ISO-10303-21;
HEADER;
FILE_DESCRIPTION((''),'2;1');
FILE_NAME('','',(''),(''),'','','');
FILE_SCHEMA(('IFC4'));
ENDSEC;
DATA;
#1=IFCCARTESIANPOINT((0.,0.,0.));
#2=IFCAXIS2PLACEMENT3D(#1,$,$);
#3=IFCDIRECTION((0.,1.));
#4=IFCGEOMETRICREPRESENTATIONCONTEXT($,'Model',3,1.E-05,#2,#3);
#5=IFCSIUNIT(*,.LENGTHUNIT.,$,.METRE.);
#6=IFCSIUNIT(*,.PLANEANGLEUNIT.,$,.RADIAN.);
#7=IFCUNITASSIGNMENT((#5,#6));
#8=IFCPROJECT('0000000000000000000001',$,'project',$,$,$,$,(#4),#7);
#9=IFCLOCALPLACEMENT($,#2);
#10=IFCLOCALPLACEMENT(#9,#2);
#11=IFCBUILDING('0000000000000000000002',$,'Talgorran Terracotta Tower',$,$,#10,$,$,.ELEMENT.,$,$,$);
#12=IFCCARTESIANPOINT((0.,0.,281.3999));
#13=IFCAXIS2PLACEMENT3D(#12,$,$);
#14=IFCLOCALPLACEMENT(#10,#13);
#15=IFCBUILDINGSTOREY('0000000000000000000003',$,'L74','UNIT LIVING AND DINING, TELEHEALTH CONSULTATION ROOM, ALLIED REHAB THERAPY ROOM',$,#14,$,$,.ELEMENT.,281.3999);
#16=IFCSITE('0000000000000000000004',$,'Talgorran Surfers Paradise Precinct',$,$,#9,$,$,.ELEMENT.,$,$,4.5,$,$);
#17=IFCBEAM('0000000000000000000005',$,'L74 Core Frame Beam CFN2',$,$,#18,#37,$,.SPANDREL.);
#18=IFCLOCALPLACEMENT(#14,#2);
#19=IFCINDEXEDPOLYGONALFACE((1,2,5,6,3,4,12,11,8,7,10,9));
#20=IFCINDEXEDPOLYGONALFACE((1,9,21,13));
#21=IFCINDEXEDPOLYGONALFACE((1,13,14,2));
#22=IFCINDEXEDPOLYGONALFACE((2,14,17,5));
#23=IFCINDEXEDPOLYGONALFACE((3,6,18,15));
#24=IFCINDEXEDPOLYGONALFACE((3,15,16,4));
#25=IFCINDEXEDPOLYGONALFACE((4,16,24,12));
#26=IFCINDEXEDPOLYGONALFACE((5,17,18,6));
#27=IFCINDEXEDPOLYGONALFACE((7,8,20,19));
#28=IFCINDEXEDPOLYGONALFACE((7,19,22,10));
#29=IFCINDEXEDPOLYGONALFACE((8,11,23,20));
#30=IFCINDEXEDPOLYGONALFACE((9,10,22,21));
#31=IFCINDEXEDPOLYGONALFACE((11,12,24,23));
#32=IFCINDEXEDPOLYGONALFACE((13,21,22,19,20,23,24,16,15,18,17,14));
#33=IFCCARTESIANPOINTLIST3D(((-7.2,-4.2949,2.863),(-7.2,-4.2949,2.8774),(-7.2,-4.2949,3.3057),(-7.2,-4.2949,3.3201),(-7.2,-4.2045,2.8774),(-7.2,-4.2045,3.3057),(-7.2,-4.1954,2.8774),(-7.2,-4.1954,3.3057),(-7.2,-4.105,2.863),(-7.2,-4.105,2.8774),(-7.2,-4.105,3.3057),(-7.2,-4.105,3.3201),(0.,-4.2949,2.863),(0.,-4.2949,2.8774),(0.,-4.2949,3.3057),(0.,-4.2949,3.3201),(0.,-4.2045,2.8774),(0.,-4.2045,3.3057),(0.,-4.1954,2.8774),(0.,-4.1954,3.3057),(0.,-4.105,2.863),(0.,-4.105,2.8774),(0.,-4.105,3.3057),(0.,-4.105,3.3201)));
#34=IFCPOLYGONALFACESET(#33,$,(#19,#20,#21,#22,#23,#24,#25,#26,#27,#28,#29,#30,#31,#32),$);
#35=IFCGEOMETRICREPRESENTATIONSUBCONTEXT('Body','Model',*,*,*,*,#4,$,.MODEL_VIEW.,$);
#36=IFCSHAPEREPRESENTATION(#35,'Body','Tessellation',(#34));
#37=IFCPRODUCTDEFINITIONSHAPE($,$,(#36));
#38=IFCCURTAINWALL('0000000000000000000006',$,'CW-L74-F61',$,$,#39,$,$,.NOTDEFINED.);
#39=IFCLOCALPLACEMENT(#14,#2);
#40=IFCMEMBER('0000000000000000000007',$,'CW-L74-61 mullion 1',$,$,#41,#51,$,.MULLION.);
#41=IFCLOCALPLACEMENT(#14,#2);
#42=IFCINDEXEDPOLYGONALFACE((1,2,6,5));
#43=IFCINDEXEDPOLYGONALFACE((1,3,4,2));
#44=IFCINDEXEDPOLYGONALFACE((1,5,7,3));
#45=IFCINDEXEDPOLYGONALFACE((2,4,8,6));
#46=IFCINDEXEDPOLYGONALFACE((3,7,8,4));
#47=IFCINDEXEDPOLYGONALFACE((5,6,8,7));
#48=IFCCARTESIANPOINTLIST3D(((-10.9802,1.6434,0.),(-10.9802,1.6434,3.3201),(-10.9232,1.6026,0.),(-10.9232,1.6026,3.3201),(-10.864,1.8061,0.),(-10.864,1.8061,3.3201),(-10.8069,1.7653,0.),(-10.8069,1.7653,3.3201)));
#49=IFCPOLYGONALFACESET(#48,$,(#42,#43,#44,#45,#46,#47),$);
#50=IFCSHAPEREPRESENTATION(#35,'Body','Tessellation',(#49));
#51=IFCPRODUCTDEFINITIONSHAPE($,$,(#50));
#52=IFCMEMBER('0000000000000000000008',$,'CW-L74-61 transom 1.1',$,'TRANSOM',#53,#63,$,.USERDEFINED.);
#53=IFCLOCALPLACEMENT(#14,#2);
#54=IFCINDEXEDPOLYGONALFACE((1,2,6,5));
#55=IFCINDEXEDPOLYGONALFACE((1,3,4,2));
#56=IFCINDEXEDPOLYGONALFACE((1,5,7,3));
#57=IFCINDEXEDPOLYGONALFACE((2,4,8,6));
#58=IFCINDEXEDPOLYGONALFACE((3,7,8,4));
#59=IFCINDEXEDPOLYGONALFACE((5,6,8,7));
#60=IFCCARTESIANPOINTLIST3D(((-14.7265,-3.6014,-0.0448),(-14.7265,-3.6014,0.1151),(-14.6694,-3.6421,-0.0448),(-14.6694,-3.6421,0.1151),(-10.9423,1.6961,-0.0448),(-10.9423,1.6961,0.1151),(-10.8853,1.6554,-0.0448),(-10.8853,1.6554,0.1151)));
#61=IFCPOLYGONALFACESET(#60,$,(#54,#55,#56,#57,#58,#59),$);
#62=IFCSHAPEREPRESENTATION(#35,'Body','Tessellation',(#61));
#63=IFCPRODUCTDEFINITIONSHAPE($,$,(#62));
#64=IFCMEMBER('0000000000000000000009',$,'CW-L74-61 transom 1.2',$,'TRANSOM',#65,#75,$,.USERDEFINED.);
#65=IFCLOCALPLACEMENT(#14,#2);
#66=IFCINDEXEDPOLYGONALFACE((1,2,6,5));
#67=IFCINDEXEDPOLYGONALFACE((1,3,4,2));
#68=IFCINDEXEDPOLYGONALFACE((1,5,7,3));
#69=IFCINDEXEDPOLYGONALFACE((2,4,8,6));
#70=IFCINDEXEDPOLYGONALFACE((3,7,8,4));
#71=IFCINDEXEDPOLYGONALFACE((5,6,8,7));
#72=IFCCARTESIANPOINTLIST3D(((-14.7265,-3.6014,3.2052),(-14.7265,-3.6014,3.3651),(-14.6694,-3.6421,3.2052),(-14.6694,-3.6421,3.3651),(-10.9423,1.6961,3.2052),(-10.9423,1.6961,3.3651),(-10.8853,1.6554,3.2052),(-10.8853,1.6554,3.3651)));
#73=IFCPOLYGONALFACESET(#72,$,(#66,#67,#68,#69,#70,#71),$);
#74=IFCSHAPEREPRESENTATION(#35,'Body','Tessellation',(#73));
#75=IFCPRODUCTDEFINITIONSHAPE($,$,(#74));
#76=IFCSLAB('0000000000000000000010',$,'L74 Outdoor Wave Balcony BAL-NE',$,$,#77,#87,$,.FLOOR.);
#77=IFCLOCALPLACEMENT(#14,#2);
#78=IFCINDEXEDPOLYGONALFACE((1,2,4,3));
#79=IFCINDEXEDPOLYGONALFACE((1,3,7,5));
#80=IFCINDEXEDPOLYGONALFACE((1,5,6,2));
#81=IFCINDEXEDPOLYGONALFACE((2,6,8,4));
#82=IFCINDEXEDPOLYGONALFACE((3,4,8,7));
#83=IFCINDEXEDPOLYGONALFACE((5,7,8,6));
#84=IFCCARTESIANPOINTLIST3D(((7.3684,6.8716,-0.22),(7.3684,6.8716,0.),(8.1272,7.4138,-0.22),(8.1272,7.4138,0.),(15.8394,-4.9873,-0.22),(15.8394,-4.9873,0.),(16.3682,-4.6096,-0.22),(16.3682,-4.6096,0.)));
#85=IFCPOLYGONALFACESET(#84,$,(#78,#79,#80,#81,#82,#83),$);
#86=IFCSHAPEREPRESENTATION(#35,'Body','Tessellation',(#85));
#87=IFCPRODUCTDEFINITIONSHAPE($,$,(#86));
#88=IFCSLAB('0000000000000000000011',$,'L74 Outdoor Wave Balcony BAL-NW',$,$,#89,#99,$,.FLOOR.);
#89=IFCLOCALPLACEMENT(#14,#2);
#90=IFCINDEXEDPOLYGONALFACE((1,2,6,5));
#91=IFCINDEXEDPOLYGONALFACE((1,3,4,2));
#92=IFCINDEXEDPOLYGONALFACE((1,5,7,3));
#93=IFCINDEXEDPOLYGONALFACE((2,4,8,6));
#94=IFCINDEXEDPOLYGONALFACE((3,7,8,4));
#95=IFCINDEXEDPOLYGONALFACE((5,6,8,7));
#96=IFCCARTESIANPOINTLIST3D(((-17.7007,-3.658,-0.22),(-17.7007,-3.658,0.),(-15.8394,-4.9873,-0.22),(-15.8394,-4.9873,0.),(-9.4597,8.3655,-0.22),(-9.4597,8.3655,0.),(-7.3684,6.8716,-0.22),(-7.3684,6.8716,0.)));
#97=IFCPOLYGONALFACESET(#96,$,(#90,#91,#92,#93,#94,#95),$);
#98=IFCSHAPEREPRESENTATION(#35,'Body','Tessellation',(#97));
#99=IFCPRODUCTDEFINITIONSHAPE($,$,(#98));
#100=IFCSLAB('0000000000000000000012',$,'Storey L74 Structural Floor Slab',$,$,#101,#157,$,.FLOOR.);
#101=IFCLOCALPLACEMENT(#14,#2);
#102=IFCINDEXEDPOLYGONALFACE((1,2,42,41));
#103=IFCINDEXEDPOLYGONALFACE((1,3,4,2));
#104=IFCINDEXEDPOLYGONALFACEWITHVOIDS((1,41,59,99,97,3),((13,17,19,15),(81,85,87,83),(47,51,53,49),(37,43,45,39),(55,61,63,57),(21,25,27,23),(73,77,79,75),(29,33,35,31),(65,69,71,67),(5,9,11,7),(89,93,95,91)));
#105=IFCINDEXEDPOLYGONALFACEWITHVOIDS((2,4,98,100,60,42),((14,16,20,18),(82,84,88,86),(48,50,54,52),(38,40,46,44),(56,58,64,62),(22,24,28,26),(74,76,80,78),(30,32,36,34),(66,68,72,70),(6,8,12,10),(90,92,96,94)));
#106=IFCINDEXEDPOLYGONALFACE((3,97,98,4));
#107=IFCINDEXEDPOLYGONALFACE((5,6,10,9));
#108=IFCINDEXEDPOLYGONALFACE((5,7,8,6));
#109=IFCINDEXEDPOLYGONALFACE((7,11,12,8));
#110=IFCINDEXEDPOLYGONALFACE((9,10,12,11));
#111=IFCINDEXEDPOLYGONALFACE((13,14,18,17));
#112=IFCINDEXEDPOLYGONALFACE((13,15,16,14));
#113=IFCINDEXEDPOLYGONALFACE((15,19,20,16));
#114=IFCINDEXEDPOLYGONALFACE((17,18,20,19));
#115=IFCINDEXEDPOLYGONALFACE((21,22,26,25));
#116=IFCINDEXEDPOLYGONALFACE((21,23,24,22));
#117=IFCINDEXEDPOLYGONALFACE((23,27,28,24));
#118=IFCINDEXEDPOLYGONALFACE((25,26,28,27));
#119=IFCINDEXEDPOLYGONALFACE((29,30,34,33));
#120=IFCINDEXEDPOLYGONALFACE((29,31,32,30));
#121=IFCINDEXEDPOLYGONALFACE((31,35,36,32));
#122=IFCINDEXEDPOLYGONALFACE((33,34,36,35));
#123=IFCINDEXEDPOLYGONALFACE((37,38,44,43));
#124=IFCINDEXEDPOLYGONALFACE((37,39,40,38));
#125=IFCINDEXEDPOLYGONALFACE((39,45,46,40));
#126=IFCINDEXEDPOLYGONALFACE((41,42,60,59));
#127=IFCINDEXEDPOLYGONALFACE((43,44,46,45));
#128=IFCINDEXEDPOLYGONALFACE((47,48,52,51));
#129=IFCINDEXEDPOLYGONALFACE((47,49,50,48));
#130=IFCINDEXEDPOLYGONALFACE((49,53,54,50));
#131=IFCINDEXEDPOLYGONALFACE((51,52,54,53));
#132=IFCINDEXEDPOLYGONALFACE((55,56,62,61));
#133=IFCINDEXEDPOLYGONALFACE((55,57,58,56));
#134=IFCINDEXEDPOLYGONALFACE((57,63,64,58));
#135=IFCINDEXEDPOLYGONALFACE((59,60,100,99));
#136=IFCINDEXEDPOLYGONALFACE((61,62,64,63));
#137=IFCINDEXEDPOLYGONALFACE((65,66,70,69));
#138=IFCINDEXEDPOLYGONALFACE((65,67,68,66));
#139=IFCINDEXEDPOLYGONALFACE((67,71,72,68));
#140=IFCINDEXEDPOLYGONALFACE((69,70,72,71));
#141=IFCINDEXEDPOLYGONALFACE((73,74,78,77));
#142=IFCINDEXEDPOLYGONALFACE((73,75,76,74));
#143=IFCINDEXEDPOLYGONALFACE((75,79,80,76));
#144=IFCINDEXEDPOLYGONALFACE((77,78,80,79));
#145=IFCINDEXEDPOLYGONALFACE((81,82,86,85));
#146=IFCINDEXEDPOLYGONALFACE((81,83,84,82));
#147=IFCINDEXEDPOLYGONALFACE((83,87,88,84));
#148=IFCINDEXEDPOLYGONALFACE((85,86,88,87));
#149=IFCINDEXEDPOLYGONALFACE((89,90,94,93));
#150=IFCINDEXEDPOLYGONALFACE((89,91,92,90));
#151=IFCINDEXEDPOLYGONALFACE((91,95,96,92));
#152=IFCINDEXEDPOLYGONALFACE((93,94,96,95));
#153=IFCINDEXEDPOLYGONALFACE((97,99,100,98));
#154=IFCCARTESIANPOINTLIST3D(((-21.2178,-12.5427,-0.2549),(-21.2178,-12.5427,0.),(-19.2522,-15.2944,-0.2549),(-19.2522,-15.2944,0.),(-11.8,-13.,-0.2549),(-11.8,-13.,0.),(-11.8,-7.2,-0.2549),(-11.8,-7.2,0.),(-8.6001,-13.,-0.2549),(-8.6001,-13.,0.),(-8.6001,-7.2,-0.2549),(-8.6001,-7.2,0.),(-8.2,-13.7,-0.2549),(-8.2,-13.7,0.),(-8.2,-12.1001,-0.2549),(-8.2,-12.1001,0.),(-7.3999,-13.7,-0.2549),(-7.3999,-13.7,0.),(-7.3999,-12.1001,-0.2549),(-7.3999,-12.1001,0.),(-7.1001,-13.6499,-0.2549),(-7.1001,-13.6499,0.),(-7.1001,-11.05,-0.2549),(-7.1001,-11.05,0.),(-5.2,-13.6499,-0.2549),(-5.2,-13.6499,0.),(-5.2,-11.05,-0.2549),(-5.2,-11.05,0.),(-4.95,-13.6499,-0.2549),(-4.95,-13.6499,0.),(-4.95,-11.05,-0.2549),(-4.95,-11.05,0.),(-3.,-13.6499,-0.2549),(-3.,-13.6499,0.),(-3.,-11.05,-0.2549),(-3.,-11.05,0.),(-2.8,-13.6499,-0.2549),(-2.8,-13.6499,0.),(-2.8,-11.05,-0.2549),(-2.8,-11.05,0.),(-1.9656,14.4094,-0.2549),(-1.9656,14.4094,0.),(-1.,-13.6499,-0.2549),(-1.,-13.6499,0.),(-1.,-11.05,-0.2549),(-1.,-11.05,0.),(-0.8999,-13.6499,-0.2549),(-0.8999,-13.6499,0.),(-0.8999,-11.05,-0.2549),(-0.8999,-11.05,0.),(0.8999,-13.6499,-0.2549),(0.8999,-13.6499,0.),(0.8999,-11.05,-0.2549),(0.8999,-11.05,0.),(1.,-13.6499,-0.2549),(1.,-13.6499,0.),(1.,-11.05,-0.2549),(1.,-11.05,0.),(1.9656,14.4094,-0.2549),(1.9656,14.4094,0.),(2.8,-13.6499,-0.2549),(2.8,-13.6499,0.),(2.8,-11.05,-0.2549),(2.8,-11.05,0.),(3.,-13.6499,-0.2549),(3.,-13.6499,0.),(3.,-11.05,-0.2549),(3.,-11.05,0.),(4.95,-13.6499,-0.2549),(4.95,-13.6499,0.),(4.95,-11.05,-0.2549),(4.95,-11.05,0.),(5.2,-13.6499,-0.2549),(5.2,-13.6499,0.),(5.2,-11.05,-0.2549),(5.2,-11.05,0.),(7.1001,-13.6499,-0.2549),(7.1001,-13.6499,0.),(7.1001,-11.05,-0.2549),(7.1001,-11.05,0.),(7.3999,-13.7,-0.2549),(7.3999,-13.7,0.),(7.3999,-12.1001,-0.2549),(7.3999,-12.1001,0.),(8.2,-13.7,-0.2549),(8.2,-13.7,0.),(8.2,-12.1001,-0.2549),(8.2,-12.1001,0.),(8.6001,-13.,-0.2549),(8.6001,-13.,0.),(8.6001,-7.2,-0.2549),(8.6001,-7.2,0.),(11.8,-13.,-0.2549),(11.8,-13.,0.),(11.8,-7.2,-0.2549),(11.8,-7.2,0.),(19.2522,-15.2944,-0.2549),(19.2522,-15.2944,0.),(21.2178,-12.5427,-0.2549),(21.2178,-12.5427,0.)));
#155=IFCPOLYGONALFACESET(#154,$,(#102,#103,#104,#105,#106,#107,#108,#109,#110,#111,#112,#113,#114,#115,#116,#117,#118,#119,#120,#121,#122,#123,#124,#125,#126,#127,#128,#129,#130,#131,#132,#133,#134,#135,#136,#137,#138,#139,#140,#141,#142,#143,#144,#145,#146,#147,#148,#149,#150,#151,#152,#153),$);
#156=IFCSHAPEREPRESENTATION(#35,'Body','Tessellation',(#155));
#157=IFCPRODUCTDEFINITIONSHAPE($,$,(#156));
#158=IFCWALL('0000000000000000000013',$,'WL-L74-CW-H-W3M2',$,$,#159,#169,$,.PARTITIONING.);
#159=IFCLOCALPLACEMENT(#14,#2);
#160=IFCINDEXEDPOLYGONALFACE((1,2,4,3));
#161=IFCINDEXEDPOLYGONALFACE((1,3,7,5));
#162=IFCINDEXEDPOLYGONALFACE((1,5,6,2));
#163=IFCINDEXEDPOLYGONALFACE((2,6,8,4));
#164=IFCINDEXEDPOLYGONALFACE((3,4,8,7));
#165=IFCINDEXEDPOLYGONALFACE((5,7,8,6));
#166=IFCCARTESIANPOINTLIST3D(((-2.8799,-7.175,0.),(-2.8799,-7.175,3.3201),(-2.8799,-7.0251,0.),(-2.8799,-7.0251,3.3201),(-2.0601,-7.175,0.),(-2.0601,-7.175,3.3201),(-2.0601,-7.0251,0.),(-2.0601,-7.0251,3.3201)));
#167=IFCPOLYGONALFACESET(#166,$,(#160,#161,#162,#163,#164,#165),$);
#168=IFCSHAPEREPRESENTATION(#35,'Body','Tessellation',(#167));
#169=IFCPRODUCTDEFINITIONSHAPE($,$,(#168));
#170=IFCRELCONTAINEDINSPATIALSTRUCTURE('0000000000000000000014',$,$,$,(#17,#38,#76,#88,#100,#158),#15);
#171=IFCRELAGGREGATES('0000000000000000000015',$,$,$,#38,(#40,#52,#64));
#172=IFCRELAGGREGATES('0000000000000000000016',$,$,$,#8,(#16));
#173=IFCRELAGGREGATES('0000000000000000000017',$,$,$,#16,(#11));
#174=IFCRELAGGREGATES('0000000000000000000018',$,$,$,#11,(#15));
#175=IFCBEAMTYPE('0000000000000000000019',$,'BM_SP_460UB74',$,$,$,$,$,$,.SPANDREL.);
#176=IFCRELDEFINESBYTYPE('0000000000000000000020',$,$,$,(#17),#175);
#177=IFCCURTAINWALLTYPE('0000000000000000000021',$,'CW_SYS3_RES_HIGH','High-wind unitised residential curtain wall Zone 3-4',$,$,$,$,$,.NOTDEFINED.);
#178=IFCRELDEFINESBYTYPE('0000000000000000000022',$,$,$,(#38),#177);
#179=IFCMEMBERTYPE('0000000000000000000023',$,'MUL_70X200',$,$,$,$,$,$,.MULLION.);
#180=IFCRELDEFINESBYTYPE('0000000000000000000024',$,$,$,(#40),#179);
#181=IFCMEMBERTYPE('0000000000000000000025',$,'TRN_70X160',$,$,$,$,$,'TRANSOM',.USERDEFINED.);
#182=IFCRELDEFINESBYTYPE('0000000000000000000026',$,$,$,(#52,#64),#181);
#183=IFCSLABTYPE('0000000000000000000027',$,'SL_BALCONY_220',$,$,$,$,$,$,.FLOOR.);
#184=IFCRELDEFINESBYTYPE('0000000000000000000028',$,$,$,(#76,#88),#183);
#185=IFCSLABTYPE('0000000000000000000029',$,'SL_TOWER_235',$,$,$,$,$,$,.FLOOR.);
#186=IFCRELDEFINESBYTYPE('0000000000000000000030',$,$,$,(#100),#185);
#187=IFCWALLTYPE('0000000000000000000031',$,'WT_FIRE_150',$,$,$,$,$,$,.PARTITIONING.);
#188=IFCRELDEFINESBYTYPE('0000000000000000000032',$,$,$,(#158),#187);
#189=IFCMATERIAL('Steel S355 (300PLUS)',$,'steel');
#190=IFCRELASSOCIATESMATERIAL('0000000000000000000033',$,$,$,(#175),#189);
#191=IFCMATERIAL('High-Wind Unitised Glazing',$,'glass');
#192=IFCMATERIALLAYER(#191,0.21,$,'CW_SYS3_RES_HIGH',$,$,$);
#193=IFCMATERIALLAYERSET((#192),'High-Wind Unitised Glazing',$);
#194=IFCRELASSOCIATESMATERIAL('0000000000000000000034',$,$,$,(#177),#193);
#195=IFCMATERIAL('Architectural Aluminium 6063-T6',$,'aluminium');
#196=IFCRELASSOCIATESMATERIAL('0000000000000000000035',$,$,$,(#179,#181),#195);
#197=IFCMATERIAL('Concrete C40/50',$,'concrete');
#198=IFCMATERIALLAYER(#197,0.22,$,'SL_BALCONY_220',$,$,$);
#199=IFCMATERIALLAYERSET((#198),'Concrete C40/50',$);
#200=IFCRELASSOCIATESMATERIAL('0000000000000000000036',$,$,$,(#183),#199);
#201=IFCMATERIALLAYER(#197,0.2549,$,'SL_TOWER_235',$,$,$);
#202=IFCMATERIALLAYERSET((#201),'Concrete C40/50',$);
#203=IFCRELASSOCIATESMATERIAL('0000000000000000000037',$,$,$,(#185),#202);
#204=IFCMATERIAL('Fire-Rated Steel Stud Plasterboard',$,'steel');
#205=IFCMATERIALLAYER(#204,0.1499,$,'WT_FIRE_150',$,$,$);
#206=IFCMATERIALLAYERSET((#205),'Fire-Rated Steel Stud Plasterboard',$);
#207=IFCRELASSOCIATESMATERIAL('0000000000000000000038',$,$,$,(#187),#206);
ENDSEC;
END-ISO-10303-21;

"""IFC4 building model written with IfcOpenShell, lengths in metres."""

from ifc_helpers import new_model, si_unit, direction, frame, frame_2d, origin, origin_2d, place, context, subcontext, project, spatial, polyline, rectangle, i_section, outline, extrude, material, layer, layer_set, material_profile, profile_set, type_object, element, aggregate, save


model = new_model("IFC4")

# Units and contexts
model_context = context("Model", 3, precision=1e-05, world=origin(), true_north=direction((0.0, 1.0)))
body_context = subcontext(model_context, "Body", "Model", "MODEL_VIEW")
ifc_project = project(units=[si_unit("LENGTHUNIT", "METRE"), si_unit("PLANEANGLEUNIT", "RADIAN")], contexts=[model_context])

# Site, building, storey
site_placement = place(None, origin())
site = spatial("IfcSite", under=ifc_project, at=site_placement, Name="Talgorran Surfers Paradise Precinct", CompositionType="ELEMENT", RefElevation=4.5)
building_placement = place(site_placement, origin())
building = spatial("IfcBuilding", under=site, at=building_placement, Name="Talgorran Terracotta Tower", CompositionType="ELEMENT")
storey_placement = place(building_placement, frame((0.0, 0.0, 281.3999)))
storey = spatial("IfcBuildingStorey", under=building, at=storey_placement, Name="L74", Description="UNIT LIVING AND DINING, TELEHEALTH CONSULTATION ROOM, ALLIED REHAB THERAPY ROOM", CompositionType="ELEMENT", Elevation=281.3999)

# Shared definitions
ifc_material_1 = material(Name="Steel S355 (300PLUS)", Category="steel")

# Beam
ifc_material_profile_1 = material_profile(ifc_material_1, i_section(OverallWidth=0.1899, OverallDepth=0.457, WebThickness=0.009, FlangeThickness=0.0144, at=origin_2d()), Name="460UB74.6")
ifc_profile_set_1 = profile_set([ifc_material_profile_1], Name="Steel S355 (300PLUS)")
beam_type_1 = type_object("IfcBeamType", Name="BM_SP_460UB74", PredefinedType="SPANDREL", material=ifc_profile_set_1)
beam_1_placement = place(storey_placement, frame((-7.2, -4.2, 3.0916), z_axis=(1.0, 0.0, 0.0), x_axis=(0.0, 1.0, 0.0)))
element("IfcBeam", 1, at=beam_1_placement, inside=storey, type_object=beam_type_1, Name="L74 Core Frame Beam CFN2", PredefinedType="SPANDREL", context=body_context, shape_type="SweptSolid", body=[
    extrude(i_section(OverallWidth=0.1899, OverallDepth=0.457, WebThickness=0.009, FlangeThickness=0.0144, at=origin_2d()), origin(), (0.0, 0.0, 1.0), 7.2),
])

# Curtain wall, members
ifc_material_2 = material(Name="High-Wind Unitised Glazing", Category="glass")
ifc_layer_1 = layer(ifc_material_2, 0.21, Name="CW_SYS3_RES_HIGH")
ifc_layer_set_1 = layer_set([ifc_layer_1], Name="High-Wind Unitised Glazing")
curtain_wall_type = type_object("IfcCurtainWallType", Name="CW_SYS3_RES_HIGH", Description="High-wind unitised residential curtain wall Zone 3-4", PredefinedType="NOTDEFINED", material=ifc_layer_set_1)
curtain_wall_placement = place(storey_placement, origin())
curtain_wall = element("IfcCurtainWall", 2, at=curtain_wall_placement, inside=storey, type_object=curtain_wall_type, Name="CW-L74-F61", PredefinedType="NOTDEFINED")
ifc_material_3 = material(Name="Architectural Aluminium 6063-T6", Category="aluminium")
ifc_material_profile_2 = material_profile(ifc_material_3, rectangle(XDim=0.0701, YDim=0.2, at=origin_2d()), Name="CWM70X200")
ifc_profile_set_2 = profile_set([ifc_material_profile_2], Name="Architectural Aluminium 6063-T6")
member_type_1 = type_object("IfcMemberType", Name="MUL_70X200", PredefinedType="MULLION", material=ifc_profile_set_2)
member_1_placement = place(storey_placement, frame((-10.8936, 1.7043, 0.0), z_axis=(0.0, 0.0, 1.0), x_axis=(0.813727, -0.581247, 0.0)))
member_1 = element("IfcMember", 3, at=member_1_placement, type_object=member_type_1, Name="CW-L74-61 mullion 1", PredefinedType="MULLION", context=body_context, shape_type="SweptSolid", body=[
    extrude(rectangle(XDim=0.0701, YDim=0.2, at=origin_2d()), origin(), (0.0, 0.0, 1.0), 3.3201),
])
ifc_material_profile_3 = material_profile(ifc_material_3, rectangle(XDim=0.0701, YDim=0.1599, at=origin_2d()), Name="CWT70X160")
ifc_profile_set_3 = profile_set([ifc_material_profile_3], Name="Architectural Aluminium 6063-T6")
member_type_2 = type_object("IfcMemberType", Name="TRN_70X160", ElementType="TRANSOM", PredefinedType="USERDEFINED", material=ifc_profile_set_3)
member_2_placement = place(storey_placement, frame((-10.9138, 1.6758, 0.0352), z_axis=(-0.581256, -0.813721, 0.0), x_axis=(0.813721, -0.581256, 0.0)))
member_2 = element("IfcMember", 4, at=member_2_placement, type_object=member_type_2, Name="CW-L74-61 transom 1.1", ObjectType="TRANSOM", PredefinedType="USERDEFINED", context=body_context, shape_type="SweptSolid", body=[
    extrude(rectangle(XDim=0.0701, YDim=0.1599, at=origin_2d()), origin(), (0.0, 0.0, 1.0), 6.5103),
])
member_3_placement = place(storey_placement, frame((-10.9138, 1.6758, 3.2852), z_axis=(-0.581256, -0.813721, 0.0), x_axis=(0.813721, -0.581256, 0.0)))
member_3 = element("IfcMember", 5, at=member_3_placement, type_object=member_type_2, Name="CW-L74-61 transom 1.2", ObjectType="TRANSOM", PredefinedType="USERDEFINED", context=body_context, shape_type="SweptSolid", body=[
    extrude(rectangle(XDim=0.0701, YDim=0.1599, at=origin_2d()), origin(), (0.0, 0.0, 1.0), 6.5103),
])
aggregate(curtain_wall, [member_1, member_2, member_3])

# Slabs
ifc_material_4 = material(Name="Concrete C40/50", Category="concrete")
ifc_layer_2 = layer(ifc_material_4, 0.22, Name="SL_BALCONY_220")
ifc_layer_set_2 = layer_set([ifc_layer_2], Name="Concrete C40/50")
slab_type_1 = type_object("IfcSlabType", Name="SL_BALCONY_220", PredefinedType="FLOOR", material=ifc_layer_set_2)
slab_1_placement = place(storey_placement, frame((0.0, 0.0, -0.22)))
element("IfcSlab", 6, at=slab_1_placement, inside=storey, type_object=slab_type_1, Name="L74 Outdoor Wave Balcony BAL-NE", PredefinedType="FLOOR", context=body_context, shape_type="SweptSolid", body=[
    extrude(outline(polyline([(7.3684, 6.8716), (15.8394, -4.9873), (16.3682, -4.6096), (8.1272, 7.4138), (7.3684, 6.8716)])), origin(), (0.0, 0.0, 1.0), 0.22),
])
slab_2_placement = place(storey_placement, frame((0.0, 0.0, -0.22)))
element("IfcSlab", 7, at=slab_2_placement, inside=storey, type_object=slab_type_1, Name="L74 Outdoor Wave Balcony BAL-NW", PredefinedType="FLOOR", context=body_context, shape_type="SweptSolid", body=[
    extrude(outline(polyline([(-15.8394, -4.9873), (-7.3684, 6.8716), (-9.4597, 8.3655), (-17.7007, -3.658), (-15.8394, -4.9873)])), origin(), (0.0, 0.0, 1.0), 0.22),
])
ifc_layer_3 = layer(ifc_material_4, 0.2549, Name="SL_TOWER_235")
ifc_layer_set_3 = layer_set([ifc_layer_3], Name="Concrete C40/50")
slab_type_2 = type_object("IfcSlabType", Name="SL_TOWER_235", PredefinedType="FLOOR", material=ifc_layer_set_3)
slab_3_placement = place(storey_placement, frame((0.0, 0.0, -0.2549)))
element("IfcSlab", 8, at=slab_3_placement, inside=storey, type_object=slab_type_2, Name="Storey L74 Structural Floor Slab", PredefinedType="FLOOR", context=body_context, shape_type="SweptSolid", body=[
    extrude(outline(polyline([(-21.2178, -12.5427), (-19.2522, -15.2944), (19.2522, -15.2944), (21.2178, -12.5427), (1.9656, 14.4094), (-1.9656, 14.4094), (-21.2178, -12.5427)]), holes=[polyline([(-11.8, -7.2), (-11.8, -13.0), (-8.6001, -13.0), (-8.6001, -7.2), (-11.8, -7.2)]), polyline([(8.6001, -7.2), (8.6001, -13.0), (11.8, -13.0), (11.8, -7.2), (8.6001, -7.2)]), polyline([(-7.1001, -13.6499), (-5.2, -13.6499), (-5.2, -11.05), (-7.1001, -11.05), (-7.1001, -13.6499)]), polyline([(5.2, -13.6499), (7.1001, -13.6499), (7.1001, -11.05), (5.2, -11.05), (5.2, -13.6499)]), polyline([(3.0, -13.6499), (4.95, -13.6499), (4.95, -11.05), (3.0, -11.05), (3.0, -13.6499)]), polyline([(-4.95, -13.6499), (-3.0, -13.6499), (-3.0, -11.05), (-4.95, -11.05), (-4.95, -13.6499)]), polyline([(-2.8, -13.6499), (-1.0, -13.6499), (-1.0, -11.05), (-2.8, -11.05), (-2.8, -13.6499)]), polyline([(-0.8999, -13.6499), (0.8999, -13.6499), (0.8999, -11.05), (-0.8999, -11.05), (-0.8999, -13.6499)]), polyline([(1.0, -13.6499), (2.8, -13.6499), (2.8, -11.05), (1.0, -11.05), (1.0, -13.6499)]), polyline([(-8.2, -13.7), (-7.3999, -13.7), (-7.3999, -12.1001), (-8.2, -12.1001), (-8.2, -13.7)]), polyline([(7.3999, -13.7), (8.2, -13.7), (8.2, -12.1001), (7.3999, -12.1001), (7.3999, -13.7)])]), origin(), (0.0, 0.0, 1.0), 0.2549),
])

# Wall
ifc_material_5 = material(Name="Fire-Rated Steel Stud Plasterboard", Category="steel")
ifc_layer_4 = layer(ifc_material_5, 0.1499, Name="WT_FIRE_150")
ifc_layer_set_4 = layer_set([ifc_layer_4], Name="Fire-Rated Steel Stud Plasterboard")
wall_type_1 = type_object("IfcWallType", Name="WT_FIRE_150", PredefinedType="PARTITIONING", material=ifc_layer_set_4)
wall_1_placement = place(storey_placement, frame((-2.8799, -7.1001, 0.0), z_axis=(0.0, 0.0, 1.0), x_axis=(1.0, 0.0, 0.0)))
element("IfcWall", 9, at=wall_1_placement, inside=storey, type_object=wall_type_1, Name="WL-L74-CW-H-W3M2", PredefinedType="PARTITIONING", context=body_context, shape_type="SweptSolid", body=[
    extrude(rectangle(XDim=0.8198, YDim=0.1499, at=frame_2d((0.4099, 0.0))), origin(), (0.0, 0.0, 1.0), 3.3201),
])

save(model, "model.ifc")
